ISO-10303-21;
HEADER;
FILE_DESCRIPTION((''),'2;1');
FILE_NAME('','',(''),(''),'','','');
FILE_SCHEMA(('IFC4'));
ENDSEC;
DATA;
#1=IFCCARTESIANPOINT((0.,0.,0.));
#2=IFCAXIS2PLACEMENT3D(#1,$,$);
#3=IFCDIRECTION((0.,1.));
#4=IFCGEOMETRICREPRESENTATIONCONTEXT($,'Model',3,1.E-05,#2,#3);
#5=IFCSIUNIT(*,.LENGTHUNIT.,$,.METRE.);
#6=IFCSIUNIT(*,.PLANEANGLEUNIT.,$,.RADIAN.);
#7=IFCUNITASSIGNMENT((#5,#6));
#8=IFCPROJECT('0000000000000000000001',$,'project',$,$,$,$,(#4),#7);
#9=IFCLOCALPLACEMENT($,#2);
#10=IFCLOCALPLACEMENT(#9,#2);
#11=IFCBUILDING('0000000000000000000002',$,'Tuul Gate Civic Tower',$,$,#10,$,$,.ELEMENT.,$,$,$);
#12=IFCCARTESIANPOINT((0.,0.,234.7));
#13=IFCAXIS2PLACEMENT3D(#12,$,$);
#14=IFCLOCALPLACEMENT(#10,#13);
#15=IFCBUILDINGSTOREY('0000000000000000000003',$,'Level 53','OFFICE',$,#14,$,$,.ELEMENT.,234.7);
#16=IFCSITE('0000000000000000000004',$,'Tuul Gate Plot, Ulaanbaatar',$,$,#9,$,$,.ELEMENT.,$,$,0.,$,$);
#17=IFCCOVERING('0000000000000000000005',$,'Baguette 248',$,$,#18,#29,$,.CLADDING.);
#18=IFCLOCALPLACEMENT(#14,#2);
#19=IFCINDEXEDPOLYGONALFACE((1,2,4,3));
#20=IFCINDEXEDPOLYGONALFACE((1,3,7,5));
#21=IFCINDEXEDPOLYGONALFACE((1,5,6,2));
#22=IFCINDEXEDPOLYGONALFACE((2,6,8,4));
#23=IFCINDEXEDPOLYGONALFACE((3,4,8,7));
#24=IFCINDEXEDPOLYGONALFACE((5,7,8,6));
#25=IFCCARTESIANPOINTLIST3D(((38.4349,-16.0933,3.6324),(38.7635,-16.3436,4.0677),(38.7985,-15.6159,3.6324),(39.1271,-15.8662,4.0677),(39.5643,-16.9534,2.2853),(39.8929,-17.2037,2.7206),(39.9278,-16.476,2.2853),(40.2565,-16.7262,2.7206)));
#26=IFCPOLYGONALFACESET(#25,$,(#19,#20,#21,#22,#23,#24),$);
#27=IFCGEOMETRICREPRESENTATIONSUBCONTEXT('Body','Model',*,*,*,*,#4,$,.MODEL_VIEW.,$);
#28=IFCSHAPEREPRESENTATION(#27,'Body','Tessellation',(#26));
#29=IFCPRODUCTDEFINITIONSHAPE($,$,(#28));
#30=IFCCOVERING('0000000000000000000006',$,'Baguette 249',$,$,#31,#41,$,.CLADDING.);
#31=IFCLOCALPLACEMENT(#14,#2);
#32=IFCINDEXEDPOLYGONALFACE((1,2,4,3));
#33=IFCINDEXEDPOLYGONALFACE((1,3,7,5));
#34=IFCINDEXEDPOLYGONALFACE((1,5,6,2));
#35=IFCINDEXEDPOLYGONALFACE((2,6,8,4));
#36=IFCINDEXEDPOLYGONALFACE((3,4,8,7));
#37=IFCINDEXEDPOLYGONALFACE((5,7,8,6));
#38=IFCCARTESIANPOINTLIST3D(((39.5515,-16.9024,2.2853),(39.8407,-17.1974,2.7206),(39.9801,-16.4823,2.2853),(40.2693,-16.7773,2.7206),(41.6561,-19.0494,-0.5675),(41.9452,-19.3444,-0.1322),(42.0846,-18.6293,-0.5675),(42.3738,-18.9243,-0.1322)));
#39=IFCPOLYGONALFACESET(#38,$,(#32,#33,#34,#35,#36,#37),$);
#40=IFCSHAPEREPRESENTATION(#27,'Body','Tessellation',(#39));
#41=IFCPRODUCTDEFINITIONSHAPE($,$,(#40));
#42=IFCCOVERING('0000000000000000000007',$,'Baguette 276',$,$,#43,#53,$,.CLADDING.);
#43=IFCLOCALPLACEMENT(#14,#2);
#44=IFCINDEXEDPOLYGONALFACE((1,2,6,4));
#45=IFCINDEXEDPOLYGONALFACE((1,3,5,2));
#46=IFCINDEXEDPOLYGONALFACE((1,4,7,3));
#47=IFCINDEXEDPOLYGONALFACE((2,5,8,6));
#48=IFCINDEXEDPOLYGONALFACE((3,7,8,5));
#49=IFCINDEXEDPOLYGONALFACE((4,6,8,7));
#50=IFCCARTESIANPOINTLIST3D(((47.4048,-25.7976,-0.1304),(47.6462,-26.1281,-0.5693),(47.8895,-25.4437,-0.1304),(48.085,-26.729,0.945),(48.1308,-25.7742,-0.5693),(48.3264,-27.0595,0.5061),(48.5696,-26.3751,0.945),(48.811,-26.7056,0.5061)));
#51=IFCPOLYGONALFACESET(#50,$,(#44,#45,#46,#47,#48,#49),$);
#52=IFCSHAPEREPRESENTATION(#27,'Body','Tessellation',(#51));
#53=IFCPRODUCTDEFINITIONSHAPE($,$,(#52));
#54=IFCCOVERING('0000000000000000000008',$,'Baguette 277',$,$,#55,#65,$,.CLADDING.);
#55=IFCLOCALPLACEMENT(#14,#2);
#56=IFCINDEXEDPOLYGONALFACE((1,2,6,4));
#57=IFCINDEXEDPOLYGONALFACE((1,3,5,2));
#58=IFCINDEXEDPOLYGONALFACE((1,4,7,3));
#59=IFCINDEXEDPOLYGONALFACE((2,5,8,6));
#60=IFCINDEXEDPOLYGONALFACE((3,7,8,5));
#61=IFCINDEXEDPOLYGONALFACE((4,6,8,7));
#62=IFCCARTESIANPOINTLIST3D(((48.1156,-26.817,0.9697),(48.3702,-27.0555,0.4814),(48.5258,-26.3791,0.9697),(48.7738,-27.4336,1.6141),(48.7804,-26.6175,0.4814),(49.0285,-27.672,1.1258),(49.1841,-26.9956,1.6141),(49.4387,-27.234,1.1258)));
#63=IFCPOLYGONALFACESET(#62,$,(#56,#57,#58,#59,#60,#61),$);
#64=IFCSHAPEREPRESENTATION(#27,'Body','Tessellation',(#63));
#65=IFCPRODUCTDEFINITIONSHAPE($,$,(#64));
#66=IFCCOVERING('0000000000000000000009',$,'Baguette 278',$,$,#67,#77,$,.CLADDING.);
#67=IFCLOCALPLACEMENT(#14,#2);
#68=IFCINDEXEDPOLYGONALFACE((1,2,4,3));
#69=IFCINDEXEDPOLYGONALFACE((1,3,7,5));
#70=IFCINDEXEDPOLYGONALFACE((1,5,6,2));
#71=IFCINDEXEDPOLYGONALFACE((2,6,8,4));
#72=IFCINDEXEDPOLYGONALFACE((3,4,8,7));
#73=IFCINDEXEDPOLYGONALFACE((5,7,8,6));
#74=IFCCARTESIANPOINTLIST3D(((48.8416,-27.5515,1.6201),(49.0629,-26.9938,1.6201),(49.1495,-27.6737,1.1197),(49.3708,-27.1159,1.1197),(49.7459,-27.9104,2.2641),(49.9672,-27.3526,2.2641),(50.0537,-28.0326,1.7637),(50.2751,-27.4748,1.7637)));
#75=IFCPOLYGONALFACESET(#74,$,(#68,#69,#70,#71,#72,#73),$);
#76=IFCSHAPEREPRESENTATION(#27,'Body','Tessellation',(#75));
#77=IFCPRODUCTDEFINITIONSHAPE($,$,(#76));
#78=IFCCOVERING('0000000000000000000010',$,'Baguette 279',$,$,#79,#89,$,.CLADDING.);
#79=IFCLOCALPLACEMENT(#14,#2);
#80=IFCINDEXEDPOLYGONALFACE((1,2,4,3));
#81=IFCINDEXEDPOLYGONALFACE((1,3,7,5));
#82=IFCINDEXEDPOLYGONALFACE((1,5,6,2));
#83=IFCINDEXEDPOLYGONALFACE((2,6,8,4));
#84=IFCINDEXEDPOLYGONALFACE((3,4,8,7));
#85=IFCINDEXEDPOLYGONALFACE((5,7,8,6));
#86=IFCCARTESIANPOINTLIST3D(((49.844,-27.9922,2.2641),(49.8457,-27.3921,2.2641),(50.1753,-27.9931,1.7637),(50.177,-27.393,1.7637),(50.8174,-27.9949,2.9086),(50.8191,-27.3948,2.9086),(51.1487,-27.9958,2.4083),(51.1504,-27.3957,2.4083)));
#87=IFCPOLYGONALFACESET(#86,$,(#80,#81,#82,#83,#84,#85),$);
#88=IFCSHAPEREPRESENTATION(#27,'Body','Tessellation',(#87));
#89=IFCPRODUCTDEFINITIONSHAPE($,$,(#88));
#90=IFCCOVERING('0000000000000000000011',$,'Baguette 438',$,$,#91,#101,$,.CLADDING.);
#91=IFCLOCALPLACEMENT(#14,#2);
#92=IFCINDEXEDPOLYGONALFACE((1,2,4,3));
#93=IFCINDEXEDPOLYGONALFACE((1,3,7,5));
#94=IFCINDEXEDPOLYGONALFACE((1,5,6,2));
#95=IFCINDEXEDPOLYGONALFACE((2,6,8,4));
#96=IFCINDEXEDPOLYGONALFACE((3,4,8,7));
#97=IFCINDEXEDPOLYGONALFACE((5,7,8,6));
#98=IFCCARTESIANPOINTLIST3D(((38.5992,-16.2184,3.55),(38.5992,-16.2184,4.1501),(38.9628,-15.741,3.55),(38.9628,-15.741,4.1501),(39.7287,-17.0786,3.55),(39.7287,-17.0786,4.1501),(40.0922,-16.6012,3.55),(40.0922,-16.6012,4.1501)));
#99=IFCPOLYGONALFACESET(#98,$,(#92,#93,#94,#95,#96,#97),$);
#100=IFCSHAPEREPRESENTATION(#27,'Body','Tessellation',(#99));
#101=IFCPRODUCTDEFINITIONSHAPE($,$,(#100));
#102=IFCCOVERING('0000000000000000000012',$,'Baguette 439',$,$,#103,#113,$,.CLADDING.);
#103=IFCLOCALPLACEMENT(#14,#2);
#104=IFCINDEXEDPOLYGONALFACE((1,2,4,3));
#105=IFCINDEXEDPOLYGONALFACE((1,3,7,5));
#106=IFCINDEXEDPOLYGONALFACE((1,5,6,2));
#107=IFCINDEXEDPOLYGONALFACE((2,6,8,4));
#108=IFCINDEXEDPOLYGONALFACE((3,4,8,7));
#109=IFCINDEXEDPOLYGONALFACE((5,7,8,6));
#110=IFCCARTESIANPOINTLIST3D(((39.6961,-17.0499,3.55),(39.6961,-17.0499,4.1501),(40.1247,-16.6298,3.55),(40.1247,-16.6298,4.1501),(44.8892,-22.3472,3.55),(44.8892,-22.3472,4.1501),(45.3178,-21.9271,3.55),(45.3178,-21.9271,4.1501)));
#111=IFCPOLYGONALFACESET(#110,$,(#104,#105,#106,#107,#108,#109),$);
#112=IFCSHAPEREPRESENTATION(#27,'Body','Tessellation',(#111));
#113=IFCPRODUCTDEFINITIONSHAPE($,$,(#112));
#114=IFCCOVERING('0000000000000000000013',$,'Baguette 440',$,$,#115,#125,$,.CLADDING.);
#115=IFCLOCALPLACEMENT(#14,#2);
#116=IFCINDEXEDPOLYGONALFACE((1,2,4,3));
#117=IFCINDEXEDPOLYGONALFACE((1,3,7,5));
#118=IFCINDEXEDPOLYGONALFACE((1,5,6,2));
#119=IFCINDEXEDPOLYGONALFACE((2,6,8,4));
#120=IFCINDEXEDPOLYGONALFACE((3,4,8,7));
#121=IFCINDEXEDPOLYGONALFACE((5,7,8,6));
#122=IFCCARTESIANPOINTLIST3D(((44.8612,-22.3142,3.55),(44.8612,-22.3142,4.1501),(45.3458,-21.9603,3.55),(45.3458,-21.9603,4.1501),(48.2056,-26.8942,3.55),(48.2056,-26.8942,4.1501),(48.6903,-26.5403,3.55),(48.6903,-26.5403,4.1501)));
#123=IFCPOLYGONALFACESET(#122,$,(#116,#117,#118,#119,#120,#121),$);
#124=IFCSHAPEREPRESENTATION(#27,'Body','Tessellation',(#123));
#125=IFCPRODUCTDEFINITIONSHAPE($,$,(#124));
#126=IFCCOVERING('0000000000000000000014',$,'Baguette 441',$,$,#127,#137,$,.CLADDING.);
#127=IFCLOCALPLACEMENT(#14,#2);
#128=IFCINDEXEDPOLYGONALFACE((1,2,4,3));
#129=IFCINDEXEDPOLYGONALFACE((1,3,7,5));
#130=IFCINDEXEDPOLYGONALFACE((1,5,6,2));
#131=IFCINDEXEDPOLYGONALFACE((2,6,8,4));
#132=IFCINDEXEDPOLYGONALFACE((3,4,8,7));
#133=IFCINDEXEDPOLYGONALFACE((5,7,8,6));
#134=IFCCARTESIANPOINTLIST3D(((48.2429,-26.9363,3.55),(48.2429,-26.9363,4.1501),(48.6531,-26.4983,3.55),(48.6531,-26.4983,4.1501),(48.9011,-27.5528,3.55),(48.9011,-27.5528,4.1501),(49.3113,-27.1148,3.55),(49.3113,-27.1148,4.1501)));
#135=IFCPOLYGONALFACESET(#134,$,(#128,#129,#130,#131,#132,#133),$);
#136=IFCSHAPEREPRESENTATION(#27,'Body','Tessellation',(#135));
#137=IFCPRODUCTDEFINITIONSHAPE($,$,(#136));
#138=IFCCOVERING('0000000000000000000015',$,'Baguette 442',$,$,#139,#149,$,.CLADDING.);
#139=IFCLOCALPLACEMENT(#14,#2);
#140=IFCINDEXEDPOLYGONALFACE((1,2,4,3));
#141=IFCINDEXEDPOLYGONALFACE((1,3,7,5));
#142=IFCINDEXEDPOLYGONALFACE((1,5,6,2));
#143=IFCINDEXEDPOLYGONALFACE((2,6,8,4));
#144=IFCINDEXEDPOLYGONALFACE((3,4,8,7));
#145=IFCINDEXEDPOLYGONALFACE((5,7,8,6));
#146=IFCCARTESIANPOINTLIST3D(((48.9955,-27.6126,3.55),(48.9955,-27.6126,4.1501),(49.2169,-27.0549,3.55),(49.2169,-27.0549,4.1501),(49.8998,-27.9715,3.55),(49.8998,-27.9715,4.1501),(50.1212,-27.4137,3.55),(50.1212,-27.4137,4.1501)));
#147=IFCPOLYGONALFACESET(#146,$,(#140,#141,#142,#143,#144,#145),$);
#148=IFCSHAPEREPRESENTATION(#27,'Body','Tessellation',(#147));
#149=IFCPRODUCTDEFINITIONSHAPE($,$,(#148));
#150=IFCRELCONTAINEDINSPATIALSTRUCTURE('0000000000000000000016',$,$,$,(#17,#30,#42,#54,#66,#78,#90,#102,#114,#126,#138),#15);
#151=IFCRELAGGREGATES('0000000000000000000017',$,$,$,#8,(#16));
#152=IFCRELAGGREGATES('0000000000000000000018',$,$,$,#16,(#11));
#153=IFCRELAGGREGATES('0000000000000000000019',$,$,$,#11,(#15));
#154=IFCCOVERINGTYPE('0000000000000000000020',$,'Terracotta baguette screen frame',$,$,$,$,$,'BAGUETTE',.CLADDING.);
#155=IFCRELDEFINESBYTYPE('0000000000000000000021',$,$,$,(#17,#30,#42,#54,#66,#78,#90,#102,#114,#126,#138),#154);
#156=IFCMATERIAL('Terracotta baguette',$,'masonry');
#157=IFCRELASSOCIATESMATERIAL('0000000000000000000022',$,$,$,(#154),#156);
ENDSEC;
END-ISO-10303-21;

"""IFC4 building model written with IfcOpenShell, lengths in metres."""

from ifc_helpers import new_model, si_unit, direction, frame, origin, origin_2d, place, context, subcontext, project, spatial, rectangle, extrude, material, material_profile, profile_set, type_object, element, save


model = new_model("IFC4")

# Units and contexts
model_context = context("Model", 3, precision=1e-05, world=origin(), true_north=direction((0.0, 1.0)))
body_context = subcontext(model_context, "Body", "Model", "MODEL_VIEW")
ifc_project = project(units=[si_unit("LENGTHUNIT", "METRE"), si_unit("PLANEANGLEUNIT", "RADIAN")], contexts=[model_context])

# Site, building, storey
site_placement = place(None, origin())
site = spatial("IfcSite", under=ifc_project, at=site_placement, Name="Tuul Gate Plot, Ulaanbaatar", CompositionType="ELEMENT", RefElevation=0.0)
building_placement = place(site_placement, origin())
building = spatial("IfcBuilding", under=site, at=building_placement, Name="Tuul Gate Civic Tower", CompositionType="ELEMENT")
storey_placement = place(building_placement, frame((0.0, 0.0, 234.7)))
storey = spatial("IfcBuildingStorey", under=building, at=storey_placement, Name="Level 53", Description="OFFICE", CompositionType="ELEMENT", Elevation=234.7)

# Coverings
ifc_material_1 = material(Name="Terracotta baguette", Category="masonry")
ifc_material_profile_1 = material_profile(ifc_material_1, rectangle(XDim=0.6001, YDim=0.6001, at=origin_2d()), Name="Terracotta baguette screen frame")
ifc_profile_set_1 = profile_set([ifc_material_profile_1], Name="Terracotta baguette")
covering_type = type_object("IfcCoveringType", Name="Terracotta baguette screen frame", ElementType="BAGUETTE", PredefinedType="CLADDING", material=ifc_profile_set_1)
covering_1_placement = place(storey_placement, frame((38.781, -15.9797, 3.8501), z_axis=(0.57708, -0.439484, -0.688355), x_axis=(0.605872, 0.795562, 0.0)))
element("IfcCovering", 1, at=covering_1_placement, inside=storey, type_object=covering_type, Name="Baguette 248", PredefinedType="CLADDING", context=body_context, shape_type="SweptSolid", body=[
    extrude(rectangle(XDim=0.6001, YDim=0.6001, at=origin_2d()), origin(), (0.0, 0.0, 1.0), 1.957),
])
covering_2_placement = place(storey_placement, frame((39.9104, -16.8398, 2.5029), z_axis=(0.507781, -0.518031, -0.688332), x_axis=(0.714137, 0.700006, 0.0)))
element("IfcCovering", 2, at=covering_2_placement, inside=storey, type_object=covering_type, Name="Baguette 249", PredefinedType="CLADDING", context=body_context, shape_type="SweptSolid", body=[
    extrude(rectangle(XDim=0.6001, YDim=0.6001, at=origin_2d()), origin(), (0.0, 0.0, 1.0), 4.1445),
])
covering_3_placement = place(storey_placement, frame((47.7678, -25.7859, -0.3499), z_axis=(0.431329, -0.590639, 0.681983), x_axis=(0.807581, 0.589756, 0.0)))
element("IfcCovering", 3, at=covering_3_placement, inside=storey, type_object=covering_type, Name="Baguette 276", PredefinedType="CLADDING", context=body_context, shape_type="SweptSolid", body=[
    extrude(rectangle(XDim=0.6001, YDim=0.6001, at=origin_2d()), origin(), (0.0, 0.0, 1.0), 1.5769),
])
covering_4_placement = place(storey_placement, frame((48.448, -26.7173, 0.7256), z_axis=(0.593879, -0.556211, 0.581323), x_axis=(0.683581, 0.729875, 0.0)))
element("IfcCovering", 4, at=covering_4_placement, inside=storey, type_object=covering_type, Name="Baguette 277", PredefinedType="CLADDING", context=body_context, shape_type="SweptSolid", body=[
    extrude(rectangle(XDim=0.6001, YDim=0.6001, at=origin_2d()), origin(), (0.0, 0.0, 1.0), 1.1084),
])
covering_5_placement = place(storey_placement, frame((49.1062, -27.3337, 1.3699), z_axis=(0.775045, -0.307591, 0.55199), x_axis=(0.36888, 0.929477, 0.0)))
element("IfcCovering", 5, at=covering_5_placement, inside=storey, type_object=covering_type, Name="Baguette 278", PredefinedType="CLADDING", context=body_context, shape_type="SweptSolid", body=[
    extrude(rectangle(XDim=0.6001, YDim=0.6001, at=origin_2d()), origin(), (0.0, 0.0, 1.0), 1.1667),
])
covering_6_placement = place(storey_placement, frame((50.0105, -27.6926, 2.0139), z_axis=(0.833781, -0.0023, 0.55209), x_axis=(0.002759, 0.999996, 0.0)))
element("IfcCovering", 6, at=covering_6_placement, inside=storey, type_object=covering_type, Name="Baguette 279", PredefinedType="CLADDING", context=body_context, shape_type="SweptSolid", body=[
    extrude(rectangle(XDim=0.6001, YDim=0.6001, at=origin_2d()), origin(), (0.0, 0.0, 1.0), 1.1675),
])
covering_7_placement = place(storey_placement, frame((38.781, -15.9797, 3.8501), z_axis=(0.795562, -0.605872, 0.0), x_axis=(0.605872, 0.795562, 0.0)))
element("IfcCovering", 7, at=covering_7_placement, inside=storey, type_object=covering_type, Name="Baguette 438", PredefinedType="CLADDING", context=body_context, shape_type="SweptSolid", body=[
    extrude(rectangle(XDim=0.6001, YDim=0.6001, at=origin_2d()), origin(), (0.0, 0.0, 1.0), 1.4197),
])
covering_8_placement = place(storey_placement, frame((39.9104, -16.8398, 3.8501), z_axis=(0.700045, -0.714098, 0.0), x_axis=(0.714098, 0.700045, 0.0)))
element("IfcCovering", 8, at=covering_8_placement, inside=storey, type_object=covering_type, Name="Baguette 439", PredefinedType="CLADDING", context=body_context, shape_type="SweptSolid", body=[
    extrude(rectangle(XDim=0.6001, YDim=0.6001, at=origin_2d()), origin(), (0.0, 0.0, 1.0), 7.4182),
])
covering_9_placement = place(storey_placement, frame((45.1035, -22.1372, 3.8501), z_axis=(0.589729, -0.807601, 0.0), x_axis=(0.807601, 0.589729, 0.0)))
element("IfcCovering", 9, at=covering_9_placement, inside=storey, type_object=covering_type, Name="Baguette 440", PredefinedType="CLADDING", context=body_context, shape_type="SweptSolid", body=[
    extrude(rectangle(XDim=0.6001, YDim=0.6001, at=origin_2d()), origin(), (0.0, 0.0, 1.0), 5.6711),
])
covering_10_placement = place(storey_placement, frame((48.448, -26.7173, 3.8501), z_axis=(0.729875, -0.683581, 0.0), x_axis=(0.683581, 0.729875, 0.0)))
element("IfcCovering", 10, at=covering_10_placement, inside=storey, type_object=covering_type, Name="Baguette 441", PredefinedType="CLADDING", context=body_context, shape_type="SweptSolid", body=[
    extrude(rectangle(XDim=0.6001, YDim=0.6001, at=origin_2d()), origin(), (0.0, 0.0, 1.0), 0.9019),
])
covering_11_placement = place(storey_placement, frame((49.1062, -27.3337, 3.8501), z_axis=(0.929477, -0.36888, 0.0), x_axis=(0.36888, 0.929477, 0.0)))
element("IfcCovering", 11, at=covering_11_placement, inside=storey, type_object=covering_type, Name="Baguette 442", PredefinedType="CLADDING", context=body_context, shape_type="SweptSolid", body=[
    extrude(rectangle(XDim=0.6001, YDim=0.6001, at=origin_2d()), origin(), (0.0, 0.0, 1.0), 0.9729),
])

save(model, "model.ifc")
